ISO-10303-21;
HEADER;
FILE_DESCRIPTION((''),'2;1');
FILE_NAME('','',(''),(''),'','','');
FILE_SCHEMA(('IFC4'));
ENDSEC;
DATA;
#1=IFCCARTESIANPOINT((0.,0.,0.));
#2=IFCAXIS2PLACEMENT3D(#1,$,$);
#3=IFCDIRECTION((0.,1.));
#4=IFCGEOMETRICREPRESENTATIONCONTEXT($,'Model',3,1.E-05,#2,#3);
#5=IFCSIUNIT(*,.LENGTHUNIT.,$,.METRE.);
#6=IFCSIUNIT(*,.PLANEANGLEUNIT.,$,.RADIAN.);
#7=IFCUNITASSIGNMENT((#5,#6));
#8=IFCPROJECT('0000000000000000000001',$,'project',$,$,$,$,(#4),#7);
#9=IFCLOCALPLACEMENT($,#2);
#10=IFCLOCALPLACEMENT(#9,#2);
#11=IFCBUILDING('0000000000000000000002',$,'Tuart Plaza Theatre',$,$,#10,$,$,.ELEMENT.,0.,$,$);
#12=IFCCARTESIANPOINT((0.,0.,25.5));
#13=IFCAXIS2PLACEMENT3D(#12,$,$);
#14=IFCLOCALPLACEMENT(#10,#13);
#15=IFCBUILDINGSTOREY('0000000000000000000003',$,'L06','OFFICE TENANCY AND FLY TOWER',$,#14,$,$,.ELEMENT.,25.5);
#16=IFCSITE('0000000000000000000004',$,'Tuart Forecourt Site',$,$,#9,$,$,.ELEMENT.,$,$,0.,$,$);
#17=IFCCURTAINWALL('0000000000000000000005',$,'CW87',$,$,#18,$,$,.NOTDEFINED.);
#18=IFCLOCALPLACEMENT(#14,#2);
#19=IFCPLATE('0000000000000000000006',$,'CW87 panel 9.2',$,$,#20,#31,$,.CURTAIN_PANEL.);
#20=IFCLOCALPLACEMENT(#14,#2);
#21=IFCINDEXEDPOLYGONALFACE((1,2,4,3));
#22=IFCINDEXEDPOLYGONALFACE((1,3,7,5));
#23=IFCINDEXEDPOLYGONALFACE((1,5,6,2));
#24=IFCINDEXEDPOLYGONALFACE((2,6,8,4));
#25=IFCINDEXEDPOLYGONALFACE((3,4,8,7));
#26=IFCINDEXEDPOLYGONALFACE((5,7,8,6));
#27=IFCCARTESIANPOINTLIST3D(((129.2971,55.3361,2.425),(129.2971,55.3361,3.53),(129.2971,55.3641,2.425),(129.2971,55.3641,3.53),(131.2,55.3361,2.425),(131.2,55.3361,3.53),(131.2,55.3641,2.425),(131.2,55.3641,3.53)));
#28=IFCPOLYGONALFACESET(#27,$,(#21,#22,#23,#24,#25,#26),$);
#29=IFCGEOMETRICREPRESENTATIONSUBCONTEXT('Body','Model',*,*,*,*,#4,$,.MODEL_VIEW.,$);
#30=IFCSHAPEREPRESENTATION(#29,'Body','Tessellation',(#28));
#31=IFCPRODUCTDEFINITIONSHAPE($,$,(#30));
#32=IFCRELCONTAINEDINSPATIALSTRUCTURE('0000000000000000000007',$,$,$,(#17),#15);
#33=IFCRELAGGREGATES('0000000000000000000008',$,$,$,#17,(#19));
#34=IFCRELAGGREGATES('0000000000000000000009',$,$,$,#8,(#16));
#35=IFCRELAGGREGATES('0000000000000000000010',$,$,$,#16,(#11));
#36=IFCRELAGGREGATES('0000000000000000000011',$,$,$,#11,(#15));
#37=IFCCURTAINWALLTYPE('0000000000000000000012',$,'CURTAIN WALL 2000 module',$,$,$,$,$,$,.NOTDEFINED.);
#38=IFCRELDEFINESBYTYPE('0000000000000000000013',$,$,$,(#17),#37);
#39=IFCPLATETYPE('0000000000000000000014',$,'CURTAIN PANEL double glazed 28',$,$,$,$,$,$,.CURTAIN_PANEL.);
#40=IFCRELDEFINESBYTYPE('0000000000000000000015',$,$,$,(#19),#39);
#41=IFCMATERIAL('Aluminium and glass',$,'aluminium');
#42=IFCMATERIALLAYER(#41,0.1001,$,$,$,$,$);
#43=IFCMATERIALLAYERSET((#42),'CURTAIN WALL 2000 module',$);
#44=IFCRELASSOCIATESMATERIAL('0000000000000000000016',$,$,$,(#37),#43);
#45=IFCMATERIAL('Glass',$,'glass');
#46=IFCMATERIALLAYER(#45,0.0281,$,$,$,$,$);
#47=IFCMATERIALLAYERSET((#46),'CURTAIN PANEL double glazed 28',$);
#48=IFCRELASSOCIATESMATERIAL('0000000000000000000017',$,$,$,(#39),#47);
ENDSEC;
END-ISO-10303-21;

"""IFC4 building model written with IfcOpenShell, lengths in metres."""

from ifc_helpers import new_model, si_unit, direction, frame, origin, origin_2d, place, context, subcontext, project, spatial, rectangle, extrude, material, layer, layer_set, type_object, element, aggregate, save


model = new_model("IFC4")

# Units and contexts
model_context = context("Model", 3, precision=1e-05, world=origin(), true_north=direction((0.0, 1.0)))
body_context = subcontext(model_context, "Body", "Model", "MODEL_VIEW")
ifc_project = project(units=[si_unit("LENGTHUNIT", "METRE"), si_unit("PLANEANGLEUNIT", "RADIAN")], contexts=[model_context])

# Site, building, storey
site_placement = place(None, origin())
site = spatial("IfcSite", under=ifc_project, at=site_placement, Name="Tuart Forecourt Site", CompositionType="ELEMENT", RefElevation=0.0)
building_placement = place(site_placement, origin())
building = spatial("IfcBuilding", under=site, at=building_placement, Name="Tuart Plaza Theatre", CompositionType="ELEMENT", ElevationOfRefHeight=0.0)
storey_placement = place(building_placement, frame((0.0, 0.0, 25.5)))
storey = spatial("IfcBuildingStorey", under=building, at=storey_placement, Name="L06", Description="OFFICE TENANCY AND FLY TOWER", CompositionType="ELEMENT", Elevation=25.5)

# Shared definitions
ifc_material_1 = material(Name="Aluminium and glass", Category="aluminium")
ifc_layer_1 = layer(ifc_material_1, 0.1001)
ifc_layer_set_1 = layer_set([ifc_layer_1], Name="CURTAIN WALL 2000 module")
curtain_wall_type = type_object("IfcCurtainWallType", Name="CURTAIN WALL 2000 module", PredefinedType="NOTDEFINED", material=ifc_layer_set_1)

# Curtain wall
curtain_wall_1_placement = place(storey_placement, origin())
curtain_wall_1 = element("IfcCurtainWall", 1, at=curtain_wall_1_placement, inside=storey, type_object=curtain_wall_type, Name="CW87", PredefinedType="NOTDEFINED")

# Plate
ifc_material_2 = material(Name="Glass", Category="glass")
ifc_layer_2 = layer(ifc_material_2, 0.0281)
ifc_layer_set_2 = layer_set([ifc_layer_2], Name="CURTAIN PANEL double glazed 28")
plate_type = type_object("IfcPlateType", Name="CURTAIN PANEL double glazed 28", PredefinedType="CURTAIN_PANEL", material=ifc_layer_set_2)
plate_1_placement = place(storey_placement, frame((130.2485, 55.3501, 2.425), z_axis=(0.0, 0.0, 1.0), x_axis=(1.0, 0.0, 0.0)))
plate_1 = element("IfcPlate", 2, at=plate_1_placement, type_object=plate_type, Name="CW87 panel 9.2", PredefinedType="CURTAIN_PANEL", context=body_context, shape_type="SweptSolid", body=[
    extrude(rectangle(XDim=1.9028, YDim=0.0281, at=origin_2d()), origin(), (0.0, 0.0, 1.0), 1.105),
])
aggregate(curtain_wall_1, [plate_1])

save(model, "model.ifc")
